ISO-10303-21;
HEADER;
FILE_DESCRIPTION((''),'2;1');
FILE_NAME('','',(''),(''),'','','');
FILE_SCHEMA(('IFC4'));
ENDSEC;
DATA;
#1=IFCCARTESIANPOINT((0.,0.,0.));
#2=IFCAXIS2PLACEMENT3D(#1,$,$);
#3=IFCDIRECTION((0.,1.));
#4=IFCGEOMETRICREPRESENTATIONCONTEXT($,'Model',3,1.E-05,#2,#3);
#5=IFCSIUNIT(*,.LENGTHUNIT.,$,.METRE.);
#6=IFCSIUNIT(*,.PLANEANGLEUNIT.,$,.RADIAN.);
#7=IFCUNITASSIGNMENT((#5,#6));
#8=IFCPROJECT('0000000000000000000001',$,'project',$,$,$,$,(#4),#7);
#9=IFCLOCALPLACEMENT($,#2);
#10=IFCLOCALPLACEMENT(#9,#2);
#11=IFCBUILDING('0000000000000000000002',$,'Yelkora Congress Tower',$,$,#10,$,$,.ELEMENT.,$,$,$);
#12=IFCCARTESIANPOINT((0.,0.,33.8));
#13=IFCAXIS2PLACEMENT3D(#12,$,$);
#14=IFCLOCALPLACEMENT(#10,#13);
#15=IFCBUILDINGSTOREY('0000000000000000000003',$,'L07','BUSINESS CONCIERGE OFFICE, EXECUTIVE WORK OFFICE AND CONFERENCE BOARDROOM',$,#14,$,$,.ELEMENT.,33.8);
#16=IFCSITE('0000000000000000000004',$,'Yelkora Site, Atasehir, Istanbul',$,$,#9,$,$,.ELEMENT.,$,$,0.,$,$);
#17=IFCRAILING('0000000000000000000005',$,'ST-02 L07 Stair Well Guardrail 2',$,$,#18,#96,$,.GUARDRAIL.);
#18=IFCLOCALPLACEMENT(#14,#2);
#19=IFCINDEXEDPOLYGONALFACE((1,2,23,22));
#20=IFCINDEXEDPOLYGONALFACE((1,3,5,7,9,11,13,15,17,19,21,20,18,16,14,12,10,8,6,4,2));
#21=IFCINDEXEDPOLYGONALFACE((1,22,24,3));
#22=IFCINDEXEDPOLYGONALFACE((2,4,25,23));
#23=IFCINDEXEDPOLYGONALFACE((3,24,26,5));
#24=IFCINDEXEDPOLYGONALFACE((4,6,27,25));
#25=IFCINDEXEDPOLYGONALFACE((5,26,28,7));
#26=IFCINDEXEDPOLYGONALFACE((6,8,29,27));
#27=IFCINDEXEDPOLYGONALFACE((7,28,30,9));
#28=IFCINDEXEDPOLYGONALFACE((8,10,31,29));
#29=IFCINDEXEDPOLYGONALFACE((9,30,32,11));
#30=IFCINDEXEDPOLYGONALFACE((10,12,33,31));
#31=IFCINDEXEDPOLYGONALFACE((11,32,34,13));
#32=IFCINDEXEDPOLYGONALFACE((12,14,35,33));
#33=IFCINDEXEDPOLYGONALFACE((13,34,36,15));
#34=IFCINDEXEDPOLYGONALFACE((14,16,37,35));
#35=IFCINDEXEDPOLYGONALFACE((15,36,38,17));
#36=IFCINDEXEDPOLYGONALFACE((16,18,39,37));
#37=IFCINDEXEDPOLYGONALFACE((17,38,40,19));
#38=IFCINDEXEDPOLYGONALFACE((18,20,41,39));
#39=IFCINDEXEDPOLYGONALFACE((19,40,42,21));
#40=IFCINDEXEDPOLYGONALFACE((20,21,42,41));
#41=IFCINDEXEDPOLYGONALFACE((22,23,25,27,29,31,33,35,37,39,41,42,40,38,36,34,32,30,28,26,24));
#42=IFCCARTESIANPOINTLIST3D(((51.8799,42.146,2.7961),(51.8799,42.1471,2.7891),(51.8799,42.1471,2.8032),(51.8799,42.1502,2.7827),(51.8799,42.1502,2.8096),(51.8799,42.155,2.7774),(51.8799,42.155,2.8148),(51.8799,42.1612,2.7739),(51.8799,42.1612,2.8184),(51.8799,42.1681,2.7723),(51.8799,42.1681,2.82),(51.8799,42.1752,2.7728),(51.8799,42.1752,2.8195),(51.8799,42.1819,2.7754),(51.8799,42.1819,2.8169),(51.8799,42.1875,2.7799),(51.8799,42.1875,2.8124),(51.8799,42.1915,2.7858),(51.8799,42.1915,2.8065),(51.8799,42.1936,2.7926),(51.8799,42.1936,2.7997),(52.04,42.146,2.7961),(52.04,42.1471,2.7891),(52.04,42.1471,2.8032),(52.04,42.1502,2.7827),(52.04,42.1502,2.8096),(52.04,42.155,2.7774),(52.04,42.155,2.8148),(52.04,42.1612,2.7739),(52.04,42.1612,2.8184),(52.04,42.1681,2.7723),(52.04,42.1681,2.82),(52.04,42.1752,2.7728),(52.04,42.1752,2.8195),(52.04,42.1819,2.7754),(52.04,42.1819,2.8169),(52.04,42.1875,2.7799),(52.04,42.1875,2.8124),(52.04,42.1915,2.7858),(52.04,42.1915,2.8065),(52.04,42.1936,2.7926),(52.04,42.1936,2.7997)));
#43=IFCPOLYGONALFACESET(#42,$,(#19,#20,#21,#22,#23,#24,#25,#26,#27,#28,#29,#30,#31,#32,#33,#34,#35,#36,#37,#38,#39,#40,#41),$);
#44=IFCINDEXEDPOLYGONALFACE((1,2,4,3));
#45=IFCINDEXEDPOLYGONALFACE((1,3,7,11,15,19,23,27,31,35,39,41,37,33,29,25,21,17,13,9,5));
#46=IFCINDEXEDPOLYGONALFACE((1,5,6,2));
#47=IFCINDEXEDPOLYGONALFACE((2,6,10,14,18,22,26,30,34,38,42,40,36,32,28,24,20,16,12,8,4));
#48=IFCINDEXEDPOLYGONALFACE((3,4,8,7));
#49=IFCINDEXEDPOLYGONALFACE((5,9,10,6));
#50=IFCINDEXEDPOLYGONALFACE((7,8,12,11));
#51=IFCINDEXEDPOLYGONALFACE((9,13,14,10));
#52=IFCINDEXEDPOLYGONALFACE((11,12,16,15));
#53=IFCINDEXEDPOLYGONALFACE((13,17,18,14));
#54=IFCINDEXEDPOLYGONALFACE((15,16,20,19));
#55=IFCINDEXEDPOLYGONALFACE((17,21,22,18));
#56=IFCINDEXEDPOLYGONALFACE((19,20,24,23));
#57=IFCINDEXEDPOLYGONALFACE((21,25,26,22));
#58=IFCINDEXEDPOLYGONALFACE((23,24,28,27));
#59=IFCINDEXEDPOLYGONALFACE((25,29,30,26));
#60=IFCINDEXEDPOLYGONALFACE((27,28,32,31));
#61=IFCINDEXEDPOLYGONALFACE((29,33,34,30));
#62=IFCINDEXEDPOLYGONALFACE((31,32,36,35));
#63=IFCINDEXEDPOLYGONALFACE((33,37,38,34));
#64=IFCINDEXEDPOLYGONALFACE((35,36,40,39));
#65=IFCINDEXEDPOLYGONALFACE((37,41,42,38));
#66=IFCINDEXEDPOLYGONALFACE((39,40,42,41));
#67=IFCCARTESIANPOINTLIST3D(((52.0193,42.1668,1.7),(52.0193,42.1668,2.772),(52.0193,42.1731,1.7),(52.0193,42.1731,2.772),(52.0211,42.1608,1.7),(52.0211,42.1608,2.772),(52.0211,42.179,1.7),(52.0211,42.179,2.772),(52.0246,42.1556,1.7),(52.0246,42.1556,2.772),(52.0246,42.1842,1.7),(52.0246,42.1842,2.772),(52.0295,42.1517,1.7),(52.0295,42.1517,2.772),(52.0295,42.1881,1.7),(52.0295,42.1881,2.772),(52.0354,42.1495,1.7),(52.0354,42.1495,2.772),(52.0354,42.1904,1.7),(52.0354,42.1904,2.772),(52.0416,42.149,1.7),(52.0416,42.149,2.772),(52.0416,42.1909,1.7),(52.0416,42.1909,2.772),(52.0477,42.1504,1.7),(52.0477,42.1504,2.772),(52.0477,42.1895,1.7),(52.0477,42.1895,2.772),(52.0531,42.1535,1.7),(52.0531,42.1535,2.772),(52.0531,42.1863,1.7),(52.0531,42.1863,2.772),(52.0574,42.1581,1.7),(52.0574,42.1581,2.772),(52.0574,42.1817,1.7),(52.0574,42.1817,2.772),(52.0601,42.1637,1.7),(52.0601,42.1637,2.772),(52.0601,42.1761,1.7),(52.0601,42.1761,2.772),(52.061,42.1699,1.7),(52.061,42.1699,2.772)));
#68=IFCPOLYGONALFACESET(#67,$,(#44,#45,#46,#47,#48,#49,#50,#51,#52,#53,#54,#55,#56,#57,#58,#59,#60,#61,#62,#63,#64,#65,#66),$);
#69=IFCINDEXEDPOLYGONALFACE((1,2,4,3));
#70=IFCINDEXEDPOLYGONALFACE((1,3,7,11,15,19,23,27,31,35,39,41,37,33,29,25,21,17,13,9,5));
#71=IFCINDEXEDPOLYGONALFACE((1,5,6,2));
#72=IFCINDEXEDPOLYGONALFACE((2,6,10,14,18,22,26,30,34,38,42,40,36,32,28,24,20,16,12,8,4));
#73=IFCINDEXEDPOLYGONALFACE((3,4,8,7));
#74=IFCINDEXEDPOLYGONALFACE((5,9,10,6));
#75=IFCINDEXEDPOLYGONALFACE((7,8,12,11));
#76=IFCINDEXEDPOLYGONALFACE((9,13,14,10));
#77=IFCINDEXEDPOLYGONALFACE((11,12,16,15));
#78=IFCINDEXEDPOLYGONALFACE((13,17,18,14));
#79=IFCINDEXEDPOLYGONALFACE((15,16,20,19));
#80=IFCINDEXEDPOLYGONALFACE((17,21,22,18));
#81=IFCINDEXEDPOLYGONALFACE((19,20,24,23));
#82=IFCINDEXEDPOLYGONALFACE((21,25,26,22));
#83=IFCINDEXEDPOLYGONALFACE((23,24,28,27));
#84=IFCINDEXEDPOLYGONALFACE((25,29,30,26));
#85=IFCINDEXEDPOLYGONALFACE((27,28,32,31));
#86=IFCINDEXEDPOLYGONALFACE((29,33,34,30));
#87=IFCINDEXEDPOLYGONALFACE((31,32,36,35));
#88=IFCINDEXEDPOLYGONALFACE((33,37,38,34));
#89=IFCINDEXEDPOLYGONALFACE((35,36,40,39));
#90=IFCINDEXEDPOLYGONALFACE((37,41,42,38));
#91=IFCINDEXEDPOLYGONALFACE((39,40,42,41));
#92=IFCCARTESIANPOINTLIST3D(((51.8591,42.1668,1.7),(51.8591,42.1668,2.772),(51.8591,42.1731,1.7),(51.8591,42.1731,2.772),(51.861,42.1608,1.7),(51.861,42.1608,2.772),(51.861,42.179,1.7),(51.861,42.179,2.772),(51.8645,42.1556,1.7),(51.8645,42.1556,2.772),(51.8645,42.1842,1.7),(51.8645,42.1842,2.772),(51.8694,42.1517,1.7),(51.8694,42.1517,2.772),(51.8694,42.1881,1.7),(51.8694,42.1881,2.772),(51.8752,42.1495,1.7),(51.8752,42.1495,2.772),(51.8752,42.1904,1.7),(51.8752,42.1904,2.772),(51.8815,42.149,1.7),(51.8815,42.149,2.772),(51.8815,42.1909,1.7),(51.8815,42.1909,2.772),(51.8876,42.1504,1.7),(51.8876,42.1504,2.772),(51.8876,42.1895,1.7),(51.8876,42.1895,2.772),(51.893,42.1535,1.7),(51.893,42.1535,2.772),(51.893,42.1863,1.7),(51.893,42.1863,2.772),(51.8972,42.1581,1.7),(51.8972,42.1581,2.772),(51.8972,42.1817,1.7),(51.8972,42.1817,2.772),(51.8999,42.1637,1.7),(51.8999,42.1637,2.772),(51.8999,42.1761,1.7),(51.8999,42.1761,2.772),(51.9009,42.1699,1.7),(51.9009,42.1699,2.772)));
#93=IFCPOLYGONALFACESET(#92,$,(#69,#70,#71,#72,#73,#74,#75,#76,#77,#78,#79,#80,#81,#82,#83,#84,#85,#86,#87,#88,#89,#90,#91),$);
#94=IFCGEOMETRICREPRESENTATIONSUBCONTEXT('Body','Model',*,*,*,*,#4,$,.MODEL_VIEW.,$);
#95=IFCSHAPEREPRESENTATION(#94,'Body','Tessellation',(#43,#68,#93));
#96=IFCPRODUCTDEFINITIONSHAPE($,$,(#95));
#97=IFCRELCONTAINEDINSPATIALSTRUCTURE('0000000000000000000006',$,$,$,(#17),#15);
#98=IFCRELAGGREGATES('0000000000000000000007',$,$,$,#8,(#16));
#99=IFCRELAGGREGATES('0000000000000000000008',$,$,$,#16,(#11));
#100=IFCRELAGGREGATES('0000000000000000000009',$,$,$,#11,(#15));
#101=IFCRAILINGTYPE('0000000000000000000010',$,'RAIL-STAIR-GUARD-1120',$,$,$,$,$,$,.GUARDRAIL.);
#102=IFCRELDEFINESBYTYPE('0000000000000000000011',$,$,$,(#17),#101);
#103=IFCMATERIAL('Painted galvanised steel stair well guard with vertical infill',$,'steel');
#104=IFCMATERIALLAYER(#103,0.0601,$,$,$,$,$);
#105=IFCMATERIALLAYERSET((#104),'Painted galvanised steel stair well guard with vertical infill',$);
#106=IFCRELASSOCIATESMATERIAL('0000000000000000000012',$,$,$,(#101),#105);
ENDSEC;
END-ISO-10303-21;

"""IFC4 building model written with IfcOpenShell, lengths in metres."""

from ifc_helpers import new_model, si_unit, direction, frame, origin, origin_2d, place, context, subcontext, project, spatial, circle, extrude, material, layer, layer_set, type_object, element, save


model = new_model("IFC4")

# Units and contexts
model_context = context("Model", 3, precision=1e-05, world=origin(), true_north=direction((0.0, 1.0)))
body_context = subcontext(model_context, "Body", "Model", "MODEL_VIEW")
ifc_project = project(units=[si_unit("LENGTHUNIT", "METRE"), si_unit("PLANEANGLEUNIT", "RADIAN")], contexts=[model_context])

# Site, building, storey
site_placement = place(None, origin())
site = spatial("IfcSite", under=ifc_project, at=site_placement, Name="Yelkora Site, Atasehir, Istanbul", CompositionType="ELEMENT", RefElevation=0.0)
building_placement = place(site_placement, origin())
building = spatial("IfcBuilding", under=site, at=building_placement, Name="Yelkora Congress Tower", CompositionType="ELEMENT")
storey_placement = place(building_placement, frame((0.0, 0.0, 33.8)))
storey = spatial("IfcBuildingStorey", under=building, at=storey_placement, Name="L07", Description="BUSINESS CONCIERGE OFFICE, EXECUTIVE WORK OFFICE AND CONFERENCE BOARDROOM", CompositionType="ELEMENT", Elevation=33.8)

# Railing
ifc_material_1 = material(Name="Painted galvanised steel stair well guard with vertical infill", Category="steel")
ifc_layer_1 = layer(ifc_material_1, 0.0601)
ifc_layer_set_1 = layer_set([ifc_layer_1], Name="Painted galvanised steel stair well guard with vertical infill")
railing_type_1 = type_object("IfcRailingType", Name="RAIL-STAIR-GUARD-1120", PredefinedType="GUARDRAIL", material=ifc_layer_set_1)
railing_1_placement = place(storey_placement, frame((52.04, 42.1699, 1.7)))
element("IfcRailing", 1, at=railing_1_placement, inside=storey, type_object=railing_type_1, Name="ST-02 L07 Stair Well Guardrail 2", PredefinedType="GUARDRAIL", context=body_context, shape_type="SweptSolid", body=[
    extrude(circle(Radius=0.0239, at=origin_2d()), frame((0.0, 0.0, 1.0962), z_axis=(-1.0, 0.0, 0.0), x_axis=(0.0, -1.0, 0.0)), (0.0, 0.0, 1.0), 0.1602),
    extrude(circle(Radius=0.021, at=origin_2d()), origin(), (0.0, 0.0, 1.0), 1.072),
    extrude(circle(Radius=0.021, at=origin_2d()), frame((-0.1602, 0.0, 0.0)), (0.0, 0.0, 1.0), 1.072),
])

save(model, "model.ifc")
